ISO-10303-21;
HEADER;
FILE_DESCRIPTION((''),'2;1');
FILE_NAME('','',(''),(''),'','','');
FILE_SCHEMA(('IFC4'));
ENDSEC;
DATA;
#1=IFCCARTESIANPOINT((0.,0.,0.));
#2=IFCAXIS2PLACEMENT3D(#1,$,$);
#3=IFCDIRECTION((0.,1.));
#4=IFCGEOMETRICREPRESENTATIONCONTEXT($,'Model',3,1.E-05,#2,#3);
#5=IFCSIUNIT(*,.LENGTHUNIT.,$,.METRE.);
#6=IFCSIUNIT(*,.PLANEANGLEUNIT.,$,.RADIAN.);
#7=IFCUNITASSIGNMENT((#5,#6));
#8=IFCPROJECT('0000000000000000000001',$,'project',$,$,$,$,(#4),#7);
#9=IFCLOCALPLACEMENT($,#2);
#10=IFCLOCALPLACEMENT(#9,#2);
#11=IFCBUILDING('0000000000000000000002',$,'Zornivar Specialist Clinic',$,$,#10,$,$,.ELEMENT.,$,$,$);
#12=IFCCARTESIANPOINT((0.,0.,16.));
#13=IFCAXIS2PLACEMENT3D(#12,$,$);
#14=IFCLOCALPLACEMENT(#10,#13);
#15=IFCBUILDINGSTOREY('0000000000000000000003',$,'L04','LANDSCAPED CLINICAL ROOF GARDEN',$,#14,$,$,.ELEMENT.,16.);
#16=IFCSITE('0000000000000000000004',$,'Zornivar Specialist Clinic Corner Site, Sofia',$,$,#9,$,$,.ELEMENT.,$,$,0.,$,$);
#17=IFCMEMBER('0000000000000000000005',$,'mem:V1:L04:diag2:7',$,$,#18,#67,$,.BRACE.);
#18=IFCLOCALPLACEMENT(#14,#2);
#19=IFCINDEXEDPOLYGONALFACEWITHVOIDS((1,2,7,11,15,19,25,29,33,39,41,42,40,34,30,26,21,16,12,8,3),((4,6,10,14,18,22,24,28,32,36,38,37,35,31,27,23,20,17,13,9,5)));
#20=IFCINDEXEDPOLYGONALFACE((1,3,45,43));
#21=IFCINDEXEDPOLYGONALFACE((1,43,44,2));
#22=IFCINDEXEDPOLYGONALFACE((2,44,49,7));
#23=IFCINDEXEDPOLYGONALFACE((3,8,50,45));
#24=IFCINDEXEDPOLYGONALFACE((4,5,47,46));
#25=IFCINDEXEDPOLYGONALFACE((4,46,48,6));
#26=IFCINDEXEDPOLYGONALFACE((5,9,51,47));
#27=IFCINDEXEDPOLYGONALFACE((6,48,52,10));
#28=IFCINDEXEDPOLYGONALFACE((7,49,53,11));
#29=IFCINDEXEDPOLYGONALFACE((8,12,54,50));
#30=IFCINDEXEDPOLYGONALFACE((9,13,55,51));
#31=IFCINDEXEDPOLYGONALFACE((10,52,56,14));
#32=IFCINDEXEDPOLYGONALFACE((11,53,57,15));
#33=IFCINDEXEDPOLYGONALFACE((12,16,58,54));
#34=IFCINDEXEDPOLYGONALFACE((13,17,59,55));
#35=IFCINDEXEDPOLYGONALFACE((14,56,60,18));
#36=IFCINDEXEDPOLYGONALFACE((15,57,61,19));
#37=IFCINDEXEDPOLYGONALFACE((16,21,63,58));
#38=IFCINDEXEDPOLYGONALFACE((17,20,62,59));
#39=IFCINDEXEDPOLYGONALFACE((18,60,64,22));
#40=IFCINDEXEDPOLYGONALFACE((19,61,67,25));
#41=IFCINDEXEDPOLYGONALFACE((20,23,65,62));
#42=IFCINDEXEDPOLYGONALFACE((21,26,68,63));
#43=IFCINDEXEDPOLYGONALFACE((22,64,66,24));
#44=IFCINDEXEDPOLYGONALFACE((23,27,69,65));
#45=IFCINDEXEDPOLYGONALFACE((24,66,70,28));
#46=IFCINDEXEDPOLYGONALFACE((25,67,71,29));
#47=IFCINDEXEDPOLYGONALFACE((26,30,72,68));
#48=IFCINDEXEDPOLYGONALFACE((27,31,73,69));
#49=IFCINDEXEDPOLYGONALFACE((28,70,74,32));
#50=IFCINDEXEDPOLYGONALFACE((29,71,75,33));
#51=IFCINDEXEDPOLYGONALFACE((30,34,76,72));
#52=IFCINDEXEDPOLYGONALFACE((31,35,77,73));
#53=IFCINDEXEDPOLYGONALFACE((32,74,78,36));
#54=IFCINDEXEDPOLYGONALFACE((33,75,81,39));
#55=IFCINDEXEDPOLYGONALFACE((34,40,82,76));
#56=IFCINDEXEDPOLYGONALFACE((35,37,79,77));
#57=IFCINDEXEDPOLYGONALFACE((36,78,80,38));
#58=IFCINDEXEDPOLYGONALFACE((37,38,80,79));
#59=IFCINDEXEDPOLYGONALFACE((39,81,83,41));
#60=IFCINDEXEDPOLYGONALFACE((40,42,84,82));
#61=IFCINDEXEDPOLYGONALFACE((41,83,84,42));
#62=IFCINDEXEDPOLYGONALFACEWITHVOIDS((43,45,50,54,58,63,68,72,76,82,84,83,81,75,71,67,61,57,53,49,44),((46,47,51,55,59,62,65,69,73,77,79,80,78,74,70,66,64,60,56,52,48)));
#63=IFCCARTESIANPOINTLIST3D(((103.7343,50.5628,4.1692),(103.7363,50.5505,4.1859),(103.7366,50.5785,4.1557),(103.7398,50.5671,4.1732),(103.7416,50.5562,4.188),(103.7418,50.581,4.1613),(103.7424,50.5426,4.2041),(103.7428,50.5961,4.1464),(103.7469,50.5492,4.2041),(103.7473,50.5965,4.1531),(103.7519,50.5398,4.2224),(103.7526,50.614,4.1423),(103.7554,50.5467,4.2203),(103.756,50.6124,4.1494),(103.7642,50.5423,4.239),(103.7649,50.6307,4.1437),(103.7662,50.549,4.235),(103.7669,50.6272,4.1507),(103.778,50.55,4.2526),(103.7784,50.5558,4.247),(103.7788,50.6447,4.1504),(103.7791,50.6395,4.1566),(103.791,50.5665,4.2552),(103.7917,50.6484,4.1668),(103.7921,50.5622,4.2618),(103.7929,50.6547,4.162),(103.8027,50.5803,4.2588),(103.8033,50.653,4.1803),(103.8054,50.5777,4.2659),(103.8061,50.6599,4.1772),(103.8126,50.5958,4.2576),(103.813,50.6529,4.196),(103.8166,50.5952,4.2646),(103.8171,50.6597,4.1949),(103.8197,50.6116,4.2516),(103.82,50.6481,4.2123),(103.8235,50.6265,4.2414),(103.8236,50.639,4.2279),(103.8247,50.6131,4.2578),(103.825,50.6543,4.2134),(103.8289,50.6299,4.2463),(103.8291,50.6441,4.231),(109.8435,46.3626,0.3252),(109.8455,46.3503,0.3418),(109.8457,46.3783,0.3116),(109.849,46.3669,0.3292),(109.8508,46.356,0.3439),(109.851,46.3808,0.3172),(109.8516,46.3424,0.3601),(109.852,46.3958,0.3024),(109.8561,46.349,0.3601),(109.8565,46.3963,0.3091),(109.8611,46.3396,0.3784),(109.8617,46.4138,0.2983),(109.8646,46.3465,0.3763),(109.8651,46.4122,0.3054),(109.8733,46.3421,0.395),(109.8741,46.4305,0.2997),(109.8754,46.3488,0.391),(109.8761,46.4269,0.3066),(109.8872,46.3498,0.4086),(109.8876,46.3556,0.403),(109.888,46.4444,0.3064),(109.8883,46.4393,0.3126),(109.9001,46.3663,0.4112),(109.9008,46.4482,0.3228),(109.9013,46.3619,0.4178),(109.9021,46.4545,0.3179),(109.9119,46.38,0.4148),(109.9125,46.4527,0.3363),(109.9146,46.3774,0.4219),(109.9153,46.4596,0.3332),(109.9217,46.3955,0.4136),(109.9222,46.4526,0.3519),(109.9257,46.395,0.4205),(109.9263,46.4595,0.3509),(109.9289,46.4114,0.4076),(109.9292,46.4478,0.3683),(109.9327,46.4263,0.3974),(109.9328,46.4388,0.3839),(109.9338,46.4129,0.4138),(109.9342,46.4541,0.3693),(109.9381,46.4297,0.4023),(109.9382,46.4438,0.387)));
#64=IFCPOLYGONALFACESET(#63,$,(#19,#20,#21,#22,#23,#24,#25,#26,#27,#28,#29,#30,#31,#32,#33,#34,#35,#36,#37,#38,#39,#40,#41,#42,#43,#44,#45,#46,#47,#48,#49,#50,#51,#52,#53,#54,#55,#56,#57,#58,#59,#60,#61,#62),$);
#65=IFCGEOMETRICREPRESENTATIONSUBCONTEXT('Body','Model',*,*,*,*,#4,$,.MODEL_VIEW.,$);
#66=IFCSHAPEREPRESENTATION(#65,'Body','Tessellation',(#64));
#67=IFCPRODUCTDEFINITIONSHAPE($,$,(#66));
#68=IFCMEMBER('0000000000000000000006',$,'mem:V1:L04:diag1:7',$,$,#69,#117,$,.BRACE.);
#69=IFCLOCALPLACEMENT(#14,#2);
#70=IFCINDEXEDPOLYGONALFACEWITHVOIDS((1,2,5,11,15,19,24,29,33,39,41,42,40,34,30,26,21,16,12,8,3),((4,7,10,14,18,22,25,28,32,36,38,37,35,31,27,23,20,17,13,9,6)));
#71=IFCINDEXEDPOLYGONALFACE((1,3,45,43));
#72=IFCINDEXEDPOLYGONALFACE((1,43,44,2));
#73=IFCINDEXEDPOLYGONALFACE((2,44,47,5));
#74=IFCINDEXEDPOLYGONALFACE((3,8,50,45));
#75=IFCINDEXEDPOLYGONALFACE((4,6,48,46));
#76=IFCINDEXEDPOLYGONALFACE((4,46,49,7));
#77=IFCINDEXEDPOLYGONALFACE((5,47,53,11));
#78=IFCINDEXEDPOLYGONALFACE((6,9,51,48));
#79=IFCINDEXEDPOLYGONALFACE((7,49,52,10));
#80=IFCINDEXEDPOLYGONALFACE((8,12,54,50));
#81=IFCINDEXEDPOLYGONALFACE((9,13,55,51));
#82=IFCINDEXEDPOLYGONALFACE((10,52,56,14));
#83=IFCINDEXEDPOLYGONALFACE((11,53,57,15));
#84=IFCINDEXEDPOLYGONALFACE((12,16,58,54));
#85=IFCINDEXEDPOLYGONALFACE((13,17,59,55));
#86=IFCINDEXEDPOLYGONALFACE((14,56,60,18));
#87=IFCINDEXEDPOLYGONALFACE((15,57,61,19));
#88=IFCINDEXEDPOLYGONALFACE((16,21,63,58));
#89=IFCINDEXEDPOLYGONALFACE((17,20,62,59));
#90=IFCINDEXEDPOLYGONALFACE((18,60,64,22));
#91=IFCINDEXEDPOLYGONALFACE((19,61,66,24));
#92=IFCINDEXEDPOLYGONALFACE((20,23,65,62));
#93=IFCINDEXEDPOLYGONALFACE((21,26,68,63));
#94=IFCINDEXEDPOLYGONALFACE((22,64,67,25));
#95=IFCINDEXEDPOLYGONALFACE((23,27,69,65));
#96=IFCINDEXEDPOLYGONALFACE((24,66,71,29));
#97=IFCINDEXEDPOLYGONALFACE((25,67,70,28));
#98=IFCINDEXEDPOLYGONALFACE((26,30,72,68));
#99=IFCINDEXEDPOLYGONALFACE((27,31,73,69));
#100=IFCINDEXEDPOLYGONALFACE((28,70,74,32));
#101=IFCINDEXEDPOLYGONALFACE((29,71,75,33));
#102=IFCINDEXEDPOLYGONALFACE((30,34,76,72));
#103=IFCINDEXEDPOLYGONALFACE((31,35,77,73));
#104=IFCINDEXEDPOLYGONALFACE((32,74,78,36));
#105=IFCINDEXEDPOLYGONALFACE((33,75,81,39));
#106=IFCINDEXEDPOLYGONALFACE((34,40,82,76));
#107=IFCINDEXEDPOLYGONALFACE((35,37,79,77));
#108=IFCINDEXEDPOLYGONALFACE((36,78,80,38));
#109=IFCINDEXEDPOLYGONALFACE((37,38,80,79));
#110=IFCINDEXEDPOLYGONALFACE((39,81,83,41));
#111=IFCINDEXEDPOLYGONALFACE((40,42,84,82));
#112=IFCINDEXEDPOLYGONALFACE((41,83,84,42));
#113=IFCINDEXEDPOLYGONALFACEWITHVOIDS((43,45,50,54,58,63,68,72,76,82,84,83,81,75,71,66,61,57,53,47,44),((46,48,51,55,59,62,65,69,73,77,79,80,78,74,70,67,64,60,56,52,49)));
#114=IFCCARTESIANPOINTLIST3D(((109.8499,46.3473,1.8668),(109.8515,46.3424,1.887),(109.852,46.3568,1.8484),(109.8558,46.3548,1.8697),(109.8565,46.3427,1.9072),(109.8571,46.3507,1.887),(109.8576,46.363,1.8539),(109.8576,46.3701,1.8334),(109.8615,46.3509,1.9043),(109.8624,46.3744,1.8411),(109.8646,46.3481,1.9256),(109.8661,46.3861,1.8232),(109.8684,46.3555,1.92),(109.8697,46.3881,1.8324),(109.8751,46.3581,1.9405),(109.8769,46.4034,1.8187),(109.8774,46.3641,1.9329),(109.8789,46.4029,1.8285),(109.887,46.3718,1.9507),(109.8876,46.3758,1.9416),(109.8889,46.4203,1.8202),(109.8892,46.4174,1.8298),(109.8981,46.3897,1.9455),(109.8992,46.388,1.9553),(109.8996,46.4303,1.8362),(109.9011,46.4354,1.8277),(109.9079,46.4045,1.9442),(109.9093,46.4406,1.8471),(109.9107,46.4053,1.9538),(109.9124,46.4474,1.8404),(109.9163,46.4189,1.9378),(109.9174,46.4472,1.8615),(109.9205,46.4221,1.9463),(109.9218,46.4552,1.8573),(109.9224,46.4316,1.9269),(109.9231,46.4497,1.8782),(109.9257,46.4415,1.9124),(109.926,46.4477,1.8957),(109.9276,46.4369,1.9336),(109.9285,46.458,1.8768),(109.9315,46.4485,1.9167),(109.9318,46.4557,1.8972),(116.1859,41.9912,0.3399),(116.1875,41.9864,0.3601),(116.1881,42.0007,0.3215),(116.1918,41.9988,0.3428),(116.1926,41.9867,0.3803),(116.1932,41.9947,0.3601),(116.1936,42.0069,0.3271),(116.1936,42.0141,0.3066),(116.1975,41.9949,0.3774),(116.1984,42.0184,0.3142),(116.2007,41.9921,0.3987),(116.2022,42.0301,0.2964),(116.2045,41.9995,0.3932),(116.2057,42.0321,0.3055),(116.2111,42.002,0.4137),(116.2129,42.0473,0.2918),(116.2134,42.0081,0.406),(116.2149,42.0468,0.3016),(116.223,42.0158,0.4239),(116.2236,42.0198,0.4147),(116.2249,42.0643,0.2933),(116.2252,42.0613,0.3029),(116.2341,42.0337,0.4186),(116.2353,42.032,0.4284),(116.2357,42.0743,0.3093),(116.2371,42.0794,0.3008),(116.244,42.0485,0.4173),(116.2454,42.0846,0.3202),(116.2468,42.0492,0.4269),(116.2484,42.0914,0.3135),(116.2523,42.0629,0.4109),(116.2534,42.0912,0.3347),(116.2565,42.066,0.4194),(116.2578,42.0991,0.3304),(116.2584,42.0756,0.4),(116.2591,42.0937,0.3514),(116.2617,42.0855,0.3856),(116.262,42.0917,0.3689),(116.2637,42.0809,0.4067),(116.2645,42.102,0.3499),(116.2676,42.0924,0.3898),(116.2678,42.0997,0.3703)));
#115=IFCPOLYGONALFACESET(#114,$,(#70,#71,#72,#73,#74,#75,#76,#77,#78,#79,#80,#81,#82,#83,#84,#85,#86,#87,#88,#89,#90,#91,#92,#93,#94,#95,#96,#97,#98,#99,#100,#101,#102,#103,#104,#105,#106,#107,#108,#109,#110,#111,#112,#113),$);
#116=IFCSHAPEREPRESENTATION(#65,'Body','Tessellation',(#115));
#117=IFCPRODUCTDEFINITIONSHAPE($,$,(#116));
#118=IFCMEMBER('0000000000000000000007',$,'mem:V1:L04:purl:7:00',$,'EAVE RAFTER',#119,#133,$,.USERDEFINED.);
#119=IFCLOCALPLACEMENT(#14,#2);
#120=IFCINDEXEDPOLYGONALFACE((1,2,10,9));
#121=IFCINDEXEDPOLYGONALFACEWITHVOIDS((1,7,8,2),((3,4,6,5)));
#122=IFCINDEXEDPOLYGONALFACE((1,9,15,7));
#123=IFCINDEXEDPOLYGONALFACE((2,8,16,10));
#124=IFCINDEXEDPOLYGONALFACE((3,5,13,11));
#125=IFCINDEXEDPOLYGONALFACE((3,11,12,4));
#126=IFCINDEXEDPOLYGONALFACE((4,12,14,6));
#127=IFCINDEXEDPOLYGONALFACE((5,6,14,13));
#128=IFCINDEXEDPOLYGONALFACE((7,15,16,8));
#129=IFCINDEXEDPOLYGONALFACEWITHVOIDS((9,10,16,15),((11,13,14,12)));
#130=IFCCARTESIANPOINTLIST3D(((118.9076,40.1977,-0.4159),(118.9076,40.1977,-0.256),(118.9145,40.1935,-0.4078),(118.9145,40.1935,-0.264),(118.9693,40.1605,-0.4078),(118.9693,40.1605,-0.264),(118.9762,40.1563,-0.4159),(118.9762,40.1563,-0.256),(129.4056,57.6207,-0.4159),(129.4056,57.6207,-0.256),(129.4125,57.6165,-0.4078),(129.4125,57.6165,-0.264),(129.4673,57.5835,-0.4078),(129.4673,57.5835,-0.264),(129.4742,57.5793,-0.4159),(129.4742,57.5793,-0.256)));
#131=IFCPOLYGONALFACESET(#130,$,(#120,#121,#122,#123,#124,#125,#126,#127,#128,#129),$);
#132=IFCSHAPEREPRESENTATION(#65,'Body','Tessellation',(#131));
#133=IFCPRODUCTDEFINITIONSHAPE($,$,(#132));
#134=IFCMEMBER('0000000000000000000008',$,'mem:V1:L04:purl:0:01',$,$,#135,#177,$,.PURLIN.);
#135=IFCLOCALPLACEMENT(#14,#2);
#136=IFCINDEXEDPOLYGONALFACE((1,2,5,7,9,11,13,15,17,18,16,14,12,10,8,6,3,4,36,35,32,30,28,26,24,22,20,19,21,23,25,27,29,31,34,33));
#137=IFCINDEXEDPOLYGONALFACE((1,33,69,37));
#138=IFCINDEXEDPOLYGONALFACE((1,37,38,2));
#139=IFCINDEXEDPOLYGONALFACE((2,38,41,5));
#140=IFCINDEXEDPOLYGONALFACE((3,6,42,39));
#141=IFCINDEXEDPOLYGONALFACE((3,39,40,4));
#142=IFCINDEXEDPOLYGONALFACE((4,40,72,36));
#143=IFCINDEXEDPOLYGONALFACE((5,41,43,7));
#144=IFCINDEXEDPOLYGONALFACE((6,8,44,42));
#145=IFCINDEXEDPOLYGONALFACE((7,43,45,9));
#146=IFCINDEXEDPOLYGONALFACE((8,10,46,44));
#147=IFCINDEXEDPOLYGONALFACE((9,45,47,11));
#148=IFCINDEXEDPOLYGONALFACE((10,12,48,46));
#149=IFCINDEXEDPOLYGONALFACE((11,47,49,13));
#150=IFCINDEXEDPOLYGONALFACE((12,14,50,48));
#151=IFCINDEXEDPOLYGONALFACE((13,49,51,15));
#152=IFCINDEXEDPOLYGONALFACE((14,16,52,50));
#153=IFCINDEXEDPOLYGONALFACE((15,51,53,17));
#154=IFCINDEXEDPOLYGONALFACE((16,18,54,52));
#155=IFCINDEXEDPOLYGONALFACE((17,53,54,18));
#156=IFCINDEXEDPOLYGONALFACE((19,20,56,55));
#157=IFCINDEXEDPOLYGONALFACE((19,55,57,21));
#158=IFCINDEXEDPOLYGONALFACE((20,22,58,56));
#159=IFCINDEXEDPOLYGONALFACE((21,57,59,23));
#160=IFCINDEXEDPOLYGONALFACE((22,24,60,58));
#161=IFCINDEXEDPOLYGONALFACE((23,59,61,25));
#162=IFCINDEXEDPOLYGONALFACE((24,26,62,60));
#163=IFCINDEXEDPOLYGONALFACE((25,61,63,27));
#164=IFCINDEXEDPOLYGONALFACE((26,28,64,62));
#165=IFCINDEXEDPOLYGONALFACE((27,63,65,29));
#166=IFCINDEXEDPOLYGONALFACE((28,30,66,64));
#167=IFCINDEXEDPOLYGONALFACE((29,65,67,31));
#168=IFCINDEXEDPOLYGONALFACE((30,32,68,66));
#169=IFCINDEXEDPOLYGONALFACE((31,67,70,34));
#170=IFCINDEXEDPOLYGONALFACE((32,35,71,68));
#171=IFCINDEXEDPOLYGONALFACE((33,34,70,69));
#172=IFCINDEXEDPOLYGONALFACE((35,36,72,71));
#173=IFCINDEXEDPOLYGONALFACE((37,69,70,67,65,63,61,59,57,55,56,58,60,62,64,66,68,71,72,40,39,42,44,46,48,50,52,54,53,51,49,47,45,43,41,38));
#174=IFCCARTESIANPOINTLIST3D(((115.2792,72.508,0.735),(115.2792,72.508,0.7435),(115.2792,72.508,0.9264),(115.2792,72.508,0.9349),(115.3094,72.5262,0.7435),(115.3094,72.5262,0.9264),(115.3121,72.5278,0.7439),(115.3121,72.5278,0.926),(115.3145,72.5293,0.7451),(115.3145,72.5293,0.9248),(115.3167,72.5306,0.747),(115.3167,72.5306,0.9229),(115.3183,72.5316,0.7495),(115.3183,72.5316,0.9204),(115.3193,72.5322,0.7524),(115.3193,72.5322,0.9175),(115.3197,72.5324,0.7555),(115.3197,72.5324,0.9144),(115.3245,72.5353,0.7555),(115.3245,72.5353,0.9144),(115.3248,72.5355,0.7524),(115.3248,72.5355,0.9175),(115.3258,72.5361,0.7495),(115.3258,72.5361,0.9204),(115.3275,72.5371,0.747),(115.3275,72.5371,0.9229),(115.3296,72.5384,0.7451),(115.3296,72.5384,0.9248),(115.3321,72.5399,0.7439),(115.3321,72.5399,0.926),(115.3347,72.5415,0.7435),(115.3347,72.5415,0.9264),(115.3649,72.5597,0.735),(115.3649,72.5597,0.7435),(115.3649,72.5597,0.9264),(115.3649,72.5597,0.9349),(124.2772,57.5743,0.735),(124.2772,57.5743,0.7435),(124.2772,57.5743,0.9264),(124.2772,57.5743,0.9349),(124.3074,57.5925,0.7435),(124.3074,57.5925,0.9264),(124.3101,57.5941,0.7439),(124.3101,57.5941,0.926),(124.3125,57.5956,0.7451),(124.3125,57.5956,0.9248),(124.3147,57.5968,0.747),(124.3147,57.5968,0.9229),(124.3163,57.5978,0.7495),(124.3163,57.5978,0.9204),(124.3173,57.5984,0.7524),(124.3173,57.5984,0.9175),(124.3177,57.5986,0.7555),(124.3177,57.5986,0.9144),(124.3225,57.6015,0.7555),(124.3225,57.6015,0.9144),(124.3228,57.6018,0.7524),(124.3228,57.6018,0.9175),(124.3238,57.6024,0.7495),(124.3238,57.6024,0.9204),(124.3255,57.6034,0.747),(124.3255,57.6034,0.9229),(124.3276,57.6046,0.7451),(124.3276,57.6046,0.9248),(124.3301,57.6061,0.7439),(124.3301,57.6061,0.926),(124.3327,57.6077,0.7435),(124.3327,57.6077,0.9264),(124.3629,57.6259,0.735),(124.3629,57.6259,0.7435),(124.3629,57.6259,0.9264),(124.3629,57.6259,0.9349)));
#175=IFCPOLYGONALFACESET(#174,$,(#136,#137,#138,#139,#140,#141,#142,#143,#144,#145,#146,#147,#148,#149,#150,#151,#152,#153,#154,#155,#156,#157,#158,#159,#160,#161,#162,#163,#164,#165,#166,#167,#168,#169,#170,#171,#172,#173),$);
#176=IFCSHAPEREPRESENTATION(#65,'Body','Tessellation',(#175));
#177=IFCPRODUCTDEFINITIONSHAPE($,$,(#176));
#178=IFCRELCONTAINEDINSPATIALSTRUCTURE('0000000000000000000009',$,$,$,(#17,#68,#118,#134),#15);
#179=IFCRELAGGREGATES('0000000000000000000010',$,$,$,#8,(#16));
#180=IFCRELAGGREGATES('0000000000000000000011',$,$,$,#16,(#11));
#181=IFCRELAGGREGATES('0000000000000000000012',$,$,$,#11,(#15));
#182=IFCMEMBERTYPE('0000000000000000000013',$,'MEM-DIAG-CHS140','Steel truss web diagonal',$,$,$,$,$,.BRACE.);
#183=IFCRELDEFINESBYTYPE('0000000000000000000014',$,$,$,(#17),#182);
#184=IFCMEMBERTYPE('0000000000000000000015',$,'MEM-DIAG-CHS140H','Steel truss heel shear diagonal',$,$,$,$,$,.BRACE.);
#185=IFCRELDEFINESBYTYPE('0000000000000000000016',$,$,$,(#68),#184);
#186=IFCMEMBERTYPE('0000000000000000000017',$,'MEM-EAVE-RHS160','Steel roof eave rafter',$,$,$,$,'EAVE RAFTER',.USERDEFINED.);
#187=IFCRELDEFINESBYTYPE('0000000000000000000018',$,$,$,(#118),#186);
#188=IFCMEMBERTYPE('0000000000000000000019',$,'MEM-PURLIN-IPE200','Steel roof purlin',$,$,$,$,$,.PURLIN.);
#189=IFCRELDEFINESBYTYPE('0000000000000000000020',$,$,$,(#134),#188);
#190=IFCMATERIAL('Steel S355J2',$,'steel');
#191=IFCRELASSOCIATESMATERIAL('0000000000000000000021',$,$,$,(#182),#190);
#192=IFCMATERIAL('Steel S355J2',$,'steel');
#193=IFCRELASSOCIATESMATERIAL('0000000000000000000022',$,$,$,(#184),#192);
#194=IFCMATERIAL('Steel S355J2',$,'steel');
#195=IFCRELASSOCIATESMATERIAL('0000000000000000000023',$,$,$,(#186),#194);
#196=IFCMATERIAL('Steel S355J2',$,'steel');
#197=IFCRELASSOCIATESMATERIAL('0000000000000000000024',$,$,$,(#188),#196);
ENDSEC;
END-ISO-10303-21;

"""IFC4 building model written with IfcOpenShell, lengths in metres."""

from ifc_helpers import new_model, si_unit, direction, frame, origin, origin_2d, place, context, subcontext, project, spatial, hollow_rectangle, hollow_circle, i_section, extrude, material, material_profile, profile_set, type_object, element, save


model = new_model("IFC4")

# Units and contexts
model_context = context("Model", 3, precision=1e-05, world=origin(), true_north=direction((0.0, 1.0)))
body_context = subcontext(model_context, "Body", "Model", "MODEL_VIEW")
ifc_project = project(units=[si_unit("LENGTHUNIT", "METRE"), si_unit("PLANEANGLEUNIT", "RADIAN")], contexts=[model_context])

# Site, building, storey
site_placement = place(None, origin())
site = spatial("IfcSite", under=ifc_project, at=site_placement, Name="Zornivar Specialist Clinic Corner Site, Sofia", CompositionType="ELEMENT", RefElevation=0.0)
building_placement = place(site_placement, origin())
building = spatial("IfcBuilding", under=site, at=building_placement, Name="Zornivar Specialist Clinic", CompositionType="ELEMENT")
storey_placement = place(building_placement, frame((0.0, 0.0, 16.0)))
storey = spatial("IfcBuildingStorey", under=building, at=storey_placement, Name="L04", Description="LANDSCAPED CLINICAL ROOF GARDEN", CompositionType="ELEMENT", Elevation=16.0)

# Members
ifc_material_1 = material(Name="Steel S355J2", Category="steel")
ifc_material_profile_1 = material_profile(ifc_material_1, hollow_circle(Radius=0.0698, WallThickness=0.0081, at=origin_2d()), Name="CHS 139.7x8")
ifc_profile_set_1 = profile_set([ifc_material_profile_1], Name="Steel S355J2")
member_type_1 = type_object("IfcMemberType", Name="MEM-DIAG-CHS140", Description="Steel truss web diagonal", PredefinedType="BRACE", material=ifc_profile_set_1)
member_1_placement = place(storey_placement, frame((109.8911, 46.3999, 0.3601), z_axis=(-0.731544, 0.502956, 0.460303), x_axis=(-0.566544, -0.824031, 0.0)))
element("IfcMember", 1, at=member_1_placement, inside=storey, type_object=member_type_1, Name="mem:V1:L04:diag2:7", PredefinedType="BRACE", context=body_context, shape_type="SweptSolid", body=[
    extrude(hollow_circle(Radius=0.0698, WallThickness=0.0081, at=origin_2d()), origin(), (0.0, 0.0, 1.0), 8.3511),
])
ifc_material_2 = material(Name="Steel S355J2", Category="steel")
ifc_material_profile_2 = material_profile(ifc_material_2, hollow_circle(Radius=0.0698, WallThickness=0.01, at=origin_2d()), Name="CHS 139.7x10")
ifc_profile_set_2 = profile_set([ifc_material_profile_2], Name="Steel S355J2")
member_type_2 = type_object("IfcMemberType", Name="MEM-DIAG-CHS140H", Description="Steel truss heel shear diagonal", PredefinedType="BRACE", material=ifc_profile_set_2)
member_2_placement = place(storey_placement, frame((116.2271, 42.0439, 0.3601), z_axis=(-0.808259, 0.555678, 0.194777), x_axis=(-0.566529, -0.824042, 0.0)))
element("IfcMember", 2, at=member_2_placement, inside=storey, type_object=member_type_2, Name="mem:V1:L04:diag1:7", PredefinedType="BRACE", context=body_context, shape_type="SweptSolid", body=[
    extrude(hollow_circle(Radius=0.0698, WallThickness=0.01, at=origin_2d()), origin(), (0.0, 0.0, 1.0), 7.8391),
])
ifc_material_3 = material(Name="Steel S355J2", Category="steel")
ifc_material_profile_3 = material_profile(ifc_material_3, hollow_rectangle(XDim=0.0801, YDim=0.1599, WallThickness=0.0081, at=origin_2d()), Name="RHS 160x80x8")
ifc_profile_set_3 = profile_set([ifc_material_profile_3], Name="Steel S355J2")
member_type_3 = type_object("IfcMemberType", Name="MEM-EAVE-RHS160", Description="Steel roof eave rafter", ElementType="EAVE RAFTER", PredefinedType="USERDEFINED", material=ifc_profile_set_3)
member_3_placement = place(storey_placement, frame((118.9419, 40.177, -0.3359), z_axis=(0.516092, 0.856533, 0.0), x_axis=(-0.856533, 0.516092, 0.0)))
element("IfcMember", 3, at=member_3_placement, inside=storey, type_object=member_type_3, Name="mem:V1:L04:purl:7:00", ObjectType="EAVE RAFTER", PredefinedType="USERDEFINED", context=body_context, shape_type="SweptSolid", body=[
    extrude(hollow_rectangle(XDim=0.0801, YDim=0.1599, WallThickness=0.0081, at=origin_2d()), origin(), (0.0, 0.0, 1.0), 20.3413),
])
ifc_material_4 = material(Name="Steel S355J2", Category="steel")
ifc_material_profile_4 = material_profile(ifc_material_4, i_section(OverallWidth=0.1001, OverallDepth=0.2, WebThickness=0.0056, FlangeThickness=0.0085, FilletRadius=0.012, at=origin_2d()), Name="IPE 200")
ifc_profile_set_4 = profile_set([ifc_material_profile_4], Name="Steel S355J2")
member_type_4 = type_object("IfcMemberType", Name="MEM-PURLIN-IPE200", Description="Steel roof purlin", PredefinedType="PURLIN", material=ifc_profile_set_4)
member_4_placement = place(storey_placement, frame((124.3201, 57.6001, 0.835), z_axis=(-0.516087, 0.856536, 0.0), x_axis=(-0.856536, -0.516087, 0.0)))
element("IfcMember", 4, at=member_4_placement, inside=storey, type_object=member_type_4, Name="mem:V1:L04:purl:0:01", PredefinedType="PURLIN", context=body_context, shape_type="SweptSolid", body=[
    extrude(i_section(OverallWidth=0.1001, OverallDepth=0.2, WebThickness=0.0056, FlangeThickness=0.0085, FilletRadius=0.012, at=origin_2d()), origin(), (0.0, 0.0, 1.0), 17.4351),
])

save(model, "model.ifc")
